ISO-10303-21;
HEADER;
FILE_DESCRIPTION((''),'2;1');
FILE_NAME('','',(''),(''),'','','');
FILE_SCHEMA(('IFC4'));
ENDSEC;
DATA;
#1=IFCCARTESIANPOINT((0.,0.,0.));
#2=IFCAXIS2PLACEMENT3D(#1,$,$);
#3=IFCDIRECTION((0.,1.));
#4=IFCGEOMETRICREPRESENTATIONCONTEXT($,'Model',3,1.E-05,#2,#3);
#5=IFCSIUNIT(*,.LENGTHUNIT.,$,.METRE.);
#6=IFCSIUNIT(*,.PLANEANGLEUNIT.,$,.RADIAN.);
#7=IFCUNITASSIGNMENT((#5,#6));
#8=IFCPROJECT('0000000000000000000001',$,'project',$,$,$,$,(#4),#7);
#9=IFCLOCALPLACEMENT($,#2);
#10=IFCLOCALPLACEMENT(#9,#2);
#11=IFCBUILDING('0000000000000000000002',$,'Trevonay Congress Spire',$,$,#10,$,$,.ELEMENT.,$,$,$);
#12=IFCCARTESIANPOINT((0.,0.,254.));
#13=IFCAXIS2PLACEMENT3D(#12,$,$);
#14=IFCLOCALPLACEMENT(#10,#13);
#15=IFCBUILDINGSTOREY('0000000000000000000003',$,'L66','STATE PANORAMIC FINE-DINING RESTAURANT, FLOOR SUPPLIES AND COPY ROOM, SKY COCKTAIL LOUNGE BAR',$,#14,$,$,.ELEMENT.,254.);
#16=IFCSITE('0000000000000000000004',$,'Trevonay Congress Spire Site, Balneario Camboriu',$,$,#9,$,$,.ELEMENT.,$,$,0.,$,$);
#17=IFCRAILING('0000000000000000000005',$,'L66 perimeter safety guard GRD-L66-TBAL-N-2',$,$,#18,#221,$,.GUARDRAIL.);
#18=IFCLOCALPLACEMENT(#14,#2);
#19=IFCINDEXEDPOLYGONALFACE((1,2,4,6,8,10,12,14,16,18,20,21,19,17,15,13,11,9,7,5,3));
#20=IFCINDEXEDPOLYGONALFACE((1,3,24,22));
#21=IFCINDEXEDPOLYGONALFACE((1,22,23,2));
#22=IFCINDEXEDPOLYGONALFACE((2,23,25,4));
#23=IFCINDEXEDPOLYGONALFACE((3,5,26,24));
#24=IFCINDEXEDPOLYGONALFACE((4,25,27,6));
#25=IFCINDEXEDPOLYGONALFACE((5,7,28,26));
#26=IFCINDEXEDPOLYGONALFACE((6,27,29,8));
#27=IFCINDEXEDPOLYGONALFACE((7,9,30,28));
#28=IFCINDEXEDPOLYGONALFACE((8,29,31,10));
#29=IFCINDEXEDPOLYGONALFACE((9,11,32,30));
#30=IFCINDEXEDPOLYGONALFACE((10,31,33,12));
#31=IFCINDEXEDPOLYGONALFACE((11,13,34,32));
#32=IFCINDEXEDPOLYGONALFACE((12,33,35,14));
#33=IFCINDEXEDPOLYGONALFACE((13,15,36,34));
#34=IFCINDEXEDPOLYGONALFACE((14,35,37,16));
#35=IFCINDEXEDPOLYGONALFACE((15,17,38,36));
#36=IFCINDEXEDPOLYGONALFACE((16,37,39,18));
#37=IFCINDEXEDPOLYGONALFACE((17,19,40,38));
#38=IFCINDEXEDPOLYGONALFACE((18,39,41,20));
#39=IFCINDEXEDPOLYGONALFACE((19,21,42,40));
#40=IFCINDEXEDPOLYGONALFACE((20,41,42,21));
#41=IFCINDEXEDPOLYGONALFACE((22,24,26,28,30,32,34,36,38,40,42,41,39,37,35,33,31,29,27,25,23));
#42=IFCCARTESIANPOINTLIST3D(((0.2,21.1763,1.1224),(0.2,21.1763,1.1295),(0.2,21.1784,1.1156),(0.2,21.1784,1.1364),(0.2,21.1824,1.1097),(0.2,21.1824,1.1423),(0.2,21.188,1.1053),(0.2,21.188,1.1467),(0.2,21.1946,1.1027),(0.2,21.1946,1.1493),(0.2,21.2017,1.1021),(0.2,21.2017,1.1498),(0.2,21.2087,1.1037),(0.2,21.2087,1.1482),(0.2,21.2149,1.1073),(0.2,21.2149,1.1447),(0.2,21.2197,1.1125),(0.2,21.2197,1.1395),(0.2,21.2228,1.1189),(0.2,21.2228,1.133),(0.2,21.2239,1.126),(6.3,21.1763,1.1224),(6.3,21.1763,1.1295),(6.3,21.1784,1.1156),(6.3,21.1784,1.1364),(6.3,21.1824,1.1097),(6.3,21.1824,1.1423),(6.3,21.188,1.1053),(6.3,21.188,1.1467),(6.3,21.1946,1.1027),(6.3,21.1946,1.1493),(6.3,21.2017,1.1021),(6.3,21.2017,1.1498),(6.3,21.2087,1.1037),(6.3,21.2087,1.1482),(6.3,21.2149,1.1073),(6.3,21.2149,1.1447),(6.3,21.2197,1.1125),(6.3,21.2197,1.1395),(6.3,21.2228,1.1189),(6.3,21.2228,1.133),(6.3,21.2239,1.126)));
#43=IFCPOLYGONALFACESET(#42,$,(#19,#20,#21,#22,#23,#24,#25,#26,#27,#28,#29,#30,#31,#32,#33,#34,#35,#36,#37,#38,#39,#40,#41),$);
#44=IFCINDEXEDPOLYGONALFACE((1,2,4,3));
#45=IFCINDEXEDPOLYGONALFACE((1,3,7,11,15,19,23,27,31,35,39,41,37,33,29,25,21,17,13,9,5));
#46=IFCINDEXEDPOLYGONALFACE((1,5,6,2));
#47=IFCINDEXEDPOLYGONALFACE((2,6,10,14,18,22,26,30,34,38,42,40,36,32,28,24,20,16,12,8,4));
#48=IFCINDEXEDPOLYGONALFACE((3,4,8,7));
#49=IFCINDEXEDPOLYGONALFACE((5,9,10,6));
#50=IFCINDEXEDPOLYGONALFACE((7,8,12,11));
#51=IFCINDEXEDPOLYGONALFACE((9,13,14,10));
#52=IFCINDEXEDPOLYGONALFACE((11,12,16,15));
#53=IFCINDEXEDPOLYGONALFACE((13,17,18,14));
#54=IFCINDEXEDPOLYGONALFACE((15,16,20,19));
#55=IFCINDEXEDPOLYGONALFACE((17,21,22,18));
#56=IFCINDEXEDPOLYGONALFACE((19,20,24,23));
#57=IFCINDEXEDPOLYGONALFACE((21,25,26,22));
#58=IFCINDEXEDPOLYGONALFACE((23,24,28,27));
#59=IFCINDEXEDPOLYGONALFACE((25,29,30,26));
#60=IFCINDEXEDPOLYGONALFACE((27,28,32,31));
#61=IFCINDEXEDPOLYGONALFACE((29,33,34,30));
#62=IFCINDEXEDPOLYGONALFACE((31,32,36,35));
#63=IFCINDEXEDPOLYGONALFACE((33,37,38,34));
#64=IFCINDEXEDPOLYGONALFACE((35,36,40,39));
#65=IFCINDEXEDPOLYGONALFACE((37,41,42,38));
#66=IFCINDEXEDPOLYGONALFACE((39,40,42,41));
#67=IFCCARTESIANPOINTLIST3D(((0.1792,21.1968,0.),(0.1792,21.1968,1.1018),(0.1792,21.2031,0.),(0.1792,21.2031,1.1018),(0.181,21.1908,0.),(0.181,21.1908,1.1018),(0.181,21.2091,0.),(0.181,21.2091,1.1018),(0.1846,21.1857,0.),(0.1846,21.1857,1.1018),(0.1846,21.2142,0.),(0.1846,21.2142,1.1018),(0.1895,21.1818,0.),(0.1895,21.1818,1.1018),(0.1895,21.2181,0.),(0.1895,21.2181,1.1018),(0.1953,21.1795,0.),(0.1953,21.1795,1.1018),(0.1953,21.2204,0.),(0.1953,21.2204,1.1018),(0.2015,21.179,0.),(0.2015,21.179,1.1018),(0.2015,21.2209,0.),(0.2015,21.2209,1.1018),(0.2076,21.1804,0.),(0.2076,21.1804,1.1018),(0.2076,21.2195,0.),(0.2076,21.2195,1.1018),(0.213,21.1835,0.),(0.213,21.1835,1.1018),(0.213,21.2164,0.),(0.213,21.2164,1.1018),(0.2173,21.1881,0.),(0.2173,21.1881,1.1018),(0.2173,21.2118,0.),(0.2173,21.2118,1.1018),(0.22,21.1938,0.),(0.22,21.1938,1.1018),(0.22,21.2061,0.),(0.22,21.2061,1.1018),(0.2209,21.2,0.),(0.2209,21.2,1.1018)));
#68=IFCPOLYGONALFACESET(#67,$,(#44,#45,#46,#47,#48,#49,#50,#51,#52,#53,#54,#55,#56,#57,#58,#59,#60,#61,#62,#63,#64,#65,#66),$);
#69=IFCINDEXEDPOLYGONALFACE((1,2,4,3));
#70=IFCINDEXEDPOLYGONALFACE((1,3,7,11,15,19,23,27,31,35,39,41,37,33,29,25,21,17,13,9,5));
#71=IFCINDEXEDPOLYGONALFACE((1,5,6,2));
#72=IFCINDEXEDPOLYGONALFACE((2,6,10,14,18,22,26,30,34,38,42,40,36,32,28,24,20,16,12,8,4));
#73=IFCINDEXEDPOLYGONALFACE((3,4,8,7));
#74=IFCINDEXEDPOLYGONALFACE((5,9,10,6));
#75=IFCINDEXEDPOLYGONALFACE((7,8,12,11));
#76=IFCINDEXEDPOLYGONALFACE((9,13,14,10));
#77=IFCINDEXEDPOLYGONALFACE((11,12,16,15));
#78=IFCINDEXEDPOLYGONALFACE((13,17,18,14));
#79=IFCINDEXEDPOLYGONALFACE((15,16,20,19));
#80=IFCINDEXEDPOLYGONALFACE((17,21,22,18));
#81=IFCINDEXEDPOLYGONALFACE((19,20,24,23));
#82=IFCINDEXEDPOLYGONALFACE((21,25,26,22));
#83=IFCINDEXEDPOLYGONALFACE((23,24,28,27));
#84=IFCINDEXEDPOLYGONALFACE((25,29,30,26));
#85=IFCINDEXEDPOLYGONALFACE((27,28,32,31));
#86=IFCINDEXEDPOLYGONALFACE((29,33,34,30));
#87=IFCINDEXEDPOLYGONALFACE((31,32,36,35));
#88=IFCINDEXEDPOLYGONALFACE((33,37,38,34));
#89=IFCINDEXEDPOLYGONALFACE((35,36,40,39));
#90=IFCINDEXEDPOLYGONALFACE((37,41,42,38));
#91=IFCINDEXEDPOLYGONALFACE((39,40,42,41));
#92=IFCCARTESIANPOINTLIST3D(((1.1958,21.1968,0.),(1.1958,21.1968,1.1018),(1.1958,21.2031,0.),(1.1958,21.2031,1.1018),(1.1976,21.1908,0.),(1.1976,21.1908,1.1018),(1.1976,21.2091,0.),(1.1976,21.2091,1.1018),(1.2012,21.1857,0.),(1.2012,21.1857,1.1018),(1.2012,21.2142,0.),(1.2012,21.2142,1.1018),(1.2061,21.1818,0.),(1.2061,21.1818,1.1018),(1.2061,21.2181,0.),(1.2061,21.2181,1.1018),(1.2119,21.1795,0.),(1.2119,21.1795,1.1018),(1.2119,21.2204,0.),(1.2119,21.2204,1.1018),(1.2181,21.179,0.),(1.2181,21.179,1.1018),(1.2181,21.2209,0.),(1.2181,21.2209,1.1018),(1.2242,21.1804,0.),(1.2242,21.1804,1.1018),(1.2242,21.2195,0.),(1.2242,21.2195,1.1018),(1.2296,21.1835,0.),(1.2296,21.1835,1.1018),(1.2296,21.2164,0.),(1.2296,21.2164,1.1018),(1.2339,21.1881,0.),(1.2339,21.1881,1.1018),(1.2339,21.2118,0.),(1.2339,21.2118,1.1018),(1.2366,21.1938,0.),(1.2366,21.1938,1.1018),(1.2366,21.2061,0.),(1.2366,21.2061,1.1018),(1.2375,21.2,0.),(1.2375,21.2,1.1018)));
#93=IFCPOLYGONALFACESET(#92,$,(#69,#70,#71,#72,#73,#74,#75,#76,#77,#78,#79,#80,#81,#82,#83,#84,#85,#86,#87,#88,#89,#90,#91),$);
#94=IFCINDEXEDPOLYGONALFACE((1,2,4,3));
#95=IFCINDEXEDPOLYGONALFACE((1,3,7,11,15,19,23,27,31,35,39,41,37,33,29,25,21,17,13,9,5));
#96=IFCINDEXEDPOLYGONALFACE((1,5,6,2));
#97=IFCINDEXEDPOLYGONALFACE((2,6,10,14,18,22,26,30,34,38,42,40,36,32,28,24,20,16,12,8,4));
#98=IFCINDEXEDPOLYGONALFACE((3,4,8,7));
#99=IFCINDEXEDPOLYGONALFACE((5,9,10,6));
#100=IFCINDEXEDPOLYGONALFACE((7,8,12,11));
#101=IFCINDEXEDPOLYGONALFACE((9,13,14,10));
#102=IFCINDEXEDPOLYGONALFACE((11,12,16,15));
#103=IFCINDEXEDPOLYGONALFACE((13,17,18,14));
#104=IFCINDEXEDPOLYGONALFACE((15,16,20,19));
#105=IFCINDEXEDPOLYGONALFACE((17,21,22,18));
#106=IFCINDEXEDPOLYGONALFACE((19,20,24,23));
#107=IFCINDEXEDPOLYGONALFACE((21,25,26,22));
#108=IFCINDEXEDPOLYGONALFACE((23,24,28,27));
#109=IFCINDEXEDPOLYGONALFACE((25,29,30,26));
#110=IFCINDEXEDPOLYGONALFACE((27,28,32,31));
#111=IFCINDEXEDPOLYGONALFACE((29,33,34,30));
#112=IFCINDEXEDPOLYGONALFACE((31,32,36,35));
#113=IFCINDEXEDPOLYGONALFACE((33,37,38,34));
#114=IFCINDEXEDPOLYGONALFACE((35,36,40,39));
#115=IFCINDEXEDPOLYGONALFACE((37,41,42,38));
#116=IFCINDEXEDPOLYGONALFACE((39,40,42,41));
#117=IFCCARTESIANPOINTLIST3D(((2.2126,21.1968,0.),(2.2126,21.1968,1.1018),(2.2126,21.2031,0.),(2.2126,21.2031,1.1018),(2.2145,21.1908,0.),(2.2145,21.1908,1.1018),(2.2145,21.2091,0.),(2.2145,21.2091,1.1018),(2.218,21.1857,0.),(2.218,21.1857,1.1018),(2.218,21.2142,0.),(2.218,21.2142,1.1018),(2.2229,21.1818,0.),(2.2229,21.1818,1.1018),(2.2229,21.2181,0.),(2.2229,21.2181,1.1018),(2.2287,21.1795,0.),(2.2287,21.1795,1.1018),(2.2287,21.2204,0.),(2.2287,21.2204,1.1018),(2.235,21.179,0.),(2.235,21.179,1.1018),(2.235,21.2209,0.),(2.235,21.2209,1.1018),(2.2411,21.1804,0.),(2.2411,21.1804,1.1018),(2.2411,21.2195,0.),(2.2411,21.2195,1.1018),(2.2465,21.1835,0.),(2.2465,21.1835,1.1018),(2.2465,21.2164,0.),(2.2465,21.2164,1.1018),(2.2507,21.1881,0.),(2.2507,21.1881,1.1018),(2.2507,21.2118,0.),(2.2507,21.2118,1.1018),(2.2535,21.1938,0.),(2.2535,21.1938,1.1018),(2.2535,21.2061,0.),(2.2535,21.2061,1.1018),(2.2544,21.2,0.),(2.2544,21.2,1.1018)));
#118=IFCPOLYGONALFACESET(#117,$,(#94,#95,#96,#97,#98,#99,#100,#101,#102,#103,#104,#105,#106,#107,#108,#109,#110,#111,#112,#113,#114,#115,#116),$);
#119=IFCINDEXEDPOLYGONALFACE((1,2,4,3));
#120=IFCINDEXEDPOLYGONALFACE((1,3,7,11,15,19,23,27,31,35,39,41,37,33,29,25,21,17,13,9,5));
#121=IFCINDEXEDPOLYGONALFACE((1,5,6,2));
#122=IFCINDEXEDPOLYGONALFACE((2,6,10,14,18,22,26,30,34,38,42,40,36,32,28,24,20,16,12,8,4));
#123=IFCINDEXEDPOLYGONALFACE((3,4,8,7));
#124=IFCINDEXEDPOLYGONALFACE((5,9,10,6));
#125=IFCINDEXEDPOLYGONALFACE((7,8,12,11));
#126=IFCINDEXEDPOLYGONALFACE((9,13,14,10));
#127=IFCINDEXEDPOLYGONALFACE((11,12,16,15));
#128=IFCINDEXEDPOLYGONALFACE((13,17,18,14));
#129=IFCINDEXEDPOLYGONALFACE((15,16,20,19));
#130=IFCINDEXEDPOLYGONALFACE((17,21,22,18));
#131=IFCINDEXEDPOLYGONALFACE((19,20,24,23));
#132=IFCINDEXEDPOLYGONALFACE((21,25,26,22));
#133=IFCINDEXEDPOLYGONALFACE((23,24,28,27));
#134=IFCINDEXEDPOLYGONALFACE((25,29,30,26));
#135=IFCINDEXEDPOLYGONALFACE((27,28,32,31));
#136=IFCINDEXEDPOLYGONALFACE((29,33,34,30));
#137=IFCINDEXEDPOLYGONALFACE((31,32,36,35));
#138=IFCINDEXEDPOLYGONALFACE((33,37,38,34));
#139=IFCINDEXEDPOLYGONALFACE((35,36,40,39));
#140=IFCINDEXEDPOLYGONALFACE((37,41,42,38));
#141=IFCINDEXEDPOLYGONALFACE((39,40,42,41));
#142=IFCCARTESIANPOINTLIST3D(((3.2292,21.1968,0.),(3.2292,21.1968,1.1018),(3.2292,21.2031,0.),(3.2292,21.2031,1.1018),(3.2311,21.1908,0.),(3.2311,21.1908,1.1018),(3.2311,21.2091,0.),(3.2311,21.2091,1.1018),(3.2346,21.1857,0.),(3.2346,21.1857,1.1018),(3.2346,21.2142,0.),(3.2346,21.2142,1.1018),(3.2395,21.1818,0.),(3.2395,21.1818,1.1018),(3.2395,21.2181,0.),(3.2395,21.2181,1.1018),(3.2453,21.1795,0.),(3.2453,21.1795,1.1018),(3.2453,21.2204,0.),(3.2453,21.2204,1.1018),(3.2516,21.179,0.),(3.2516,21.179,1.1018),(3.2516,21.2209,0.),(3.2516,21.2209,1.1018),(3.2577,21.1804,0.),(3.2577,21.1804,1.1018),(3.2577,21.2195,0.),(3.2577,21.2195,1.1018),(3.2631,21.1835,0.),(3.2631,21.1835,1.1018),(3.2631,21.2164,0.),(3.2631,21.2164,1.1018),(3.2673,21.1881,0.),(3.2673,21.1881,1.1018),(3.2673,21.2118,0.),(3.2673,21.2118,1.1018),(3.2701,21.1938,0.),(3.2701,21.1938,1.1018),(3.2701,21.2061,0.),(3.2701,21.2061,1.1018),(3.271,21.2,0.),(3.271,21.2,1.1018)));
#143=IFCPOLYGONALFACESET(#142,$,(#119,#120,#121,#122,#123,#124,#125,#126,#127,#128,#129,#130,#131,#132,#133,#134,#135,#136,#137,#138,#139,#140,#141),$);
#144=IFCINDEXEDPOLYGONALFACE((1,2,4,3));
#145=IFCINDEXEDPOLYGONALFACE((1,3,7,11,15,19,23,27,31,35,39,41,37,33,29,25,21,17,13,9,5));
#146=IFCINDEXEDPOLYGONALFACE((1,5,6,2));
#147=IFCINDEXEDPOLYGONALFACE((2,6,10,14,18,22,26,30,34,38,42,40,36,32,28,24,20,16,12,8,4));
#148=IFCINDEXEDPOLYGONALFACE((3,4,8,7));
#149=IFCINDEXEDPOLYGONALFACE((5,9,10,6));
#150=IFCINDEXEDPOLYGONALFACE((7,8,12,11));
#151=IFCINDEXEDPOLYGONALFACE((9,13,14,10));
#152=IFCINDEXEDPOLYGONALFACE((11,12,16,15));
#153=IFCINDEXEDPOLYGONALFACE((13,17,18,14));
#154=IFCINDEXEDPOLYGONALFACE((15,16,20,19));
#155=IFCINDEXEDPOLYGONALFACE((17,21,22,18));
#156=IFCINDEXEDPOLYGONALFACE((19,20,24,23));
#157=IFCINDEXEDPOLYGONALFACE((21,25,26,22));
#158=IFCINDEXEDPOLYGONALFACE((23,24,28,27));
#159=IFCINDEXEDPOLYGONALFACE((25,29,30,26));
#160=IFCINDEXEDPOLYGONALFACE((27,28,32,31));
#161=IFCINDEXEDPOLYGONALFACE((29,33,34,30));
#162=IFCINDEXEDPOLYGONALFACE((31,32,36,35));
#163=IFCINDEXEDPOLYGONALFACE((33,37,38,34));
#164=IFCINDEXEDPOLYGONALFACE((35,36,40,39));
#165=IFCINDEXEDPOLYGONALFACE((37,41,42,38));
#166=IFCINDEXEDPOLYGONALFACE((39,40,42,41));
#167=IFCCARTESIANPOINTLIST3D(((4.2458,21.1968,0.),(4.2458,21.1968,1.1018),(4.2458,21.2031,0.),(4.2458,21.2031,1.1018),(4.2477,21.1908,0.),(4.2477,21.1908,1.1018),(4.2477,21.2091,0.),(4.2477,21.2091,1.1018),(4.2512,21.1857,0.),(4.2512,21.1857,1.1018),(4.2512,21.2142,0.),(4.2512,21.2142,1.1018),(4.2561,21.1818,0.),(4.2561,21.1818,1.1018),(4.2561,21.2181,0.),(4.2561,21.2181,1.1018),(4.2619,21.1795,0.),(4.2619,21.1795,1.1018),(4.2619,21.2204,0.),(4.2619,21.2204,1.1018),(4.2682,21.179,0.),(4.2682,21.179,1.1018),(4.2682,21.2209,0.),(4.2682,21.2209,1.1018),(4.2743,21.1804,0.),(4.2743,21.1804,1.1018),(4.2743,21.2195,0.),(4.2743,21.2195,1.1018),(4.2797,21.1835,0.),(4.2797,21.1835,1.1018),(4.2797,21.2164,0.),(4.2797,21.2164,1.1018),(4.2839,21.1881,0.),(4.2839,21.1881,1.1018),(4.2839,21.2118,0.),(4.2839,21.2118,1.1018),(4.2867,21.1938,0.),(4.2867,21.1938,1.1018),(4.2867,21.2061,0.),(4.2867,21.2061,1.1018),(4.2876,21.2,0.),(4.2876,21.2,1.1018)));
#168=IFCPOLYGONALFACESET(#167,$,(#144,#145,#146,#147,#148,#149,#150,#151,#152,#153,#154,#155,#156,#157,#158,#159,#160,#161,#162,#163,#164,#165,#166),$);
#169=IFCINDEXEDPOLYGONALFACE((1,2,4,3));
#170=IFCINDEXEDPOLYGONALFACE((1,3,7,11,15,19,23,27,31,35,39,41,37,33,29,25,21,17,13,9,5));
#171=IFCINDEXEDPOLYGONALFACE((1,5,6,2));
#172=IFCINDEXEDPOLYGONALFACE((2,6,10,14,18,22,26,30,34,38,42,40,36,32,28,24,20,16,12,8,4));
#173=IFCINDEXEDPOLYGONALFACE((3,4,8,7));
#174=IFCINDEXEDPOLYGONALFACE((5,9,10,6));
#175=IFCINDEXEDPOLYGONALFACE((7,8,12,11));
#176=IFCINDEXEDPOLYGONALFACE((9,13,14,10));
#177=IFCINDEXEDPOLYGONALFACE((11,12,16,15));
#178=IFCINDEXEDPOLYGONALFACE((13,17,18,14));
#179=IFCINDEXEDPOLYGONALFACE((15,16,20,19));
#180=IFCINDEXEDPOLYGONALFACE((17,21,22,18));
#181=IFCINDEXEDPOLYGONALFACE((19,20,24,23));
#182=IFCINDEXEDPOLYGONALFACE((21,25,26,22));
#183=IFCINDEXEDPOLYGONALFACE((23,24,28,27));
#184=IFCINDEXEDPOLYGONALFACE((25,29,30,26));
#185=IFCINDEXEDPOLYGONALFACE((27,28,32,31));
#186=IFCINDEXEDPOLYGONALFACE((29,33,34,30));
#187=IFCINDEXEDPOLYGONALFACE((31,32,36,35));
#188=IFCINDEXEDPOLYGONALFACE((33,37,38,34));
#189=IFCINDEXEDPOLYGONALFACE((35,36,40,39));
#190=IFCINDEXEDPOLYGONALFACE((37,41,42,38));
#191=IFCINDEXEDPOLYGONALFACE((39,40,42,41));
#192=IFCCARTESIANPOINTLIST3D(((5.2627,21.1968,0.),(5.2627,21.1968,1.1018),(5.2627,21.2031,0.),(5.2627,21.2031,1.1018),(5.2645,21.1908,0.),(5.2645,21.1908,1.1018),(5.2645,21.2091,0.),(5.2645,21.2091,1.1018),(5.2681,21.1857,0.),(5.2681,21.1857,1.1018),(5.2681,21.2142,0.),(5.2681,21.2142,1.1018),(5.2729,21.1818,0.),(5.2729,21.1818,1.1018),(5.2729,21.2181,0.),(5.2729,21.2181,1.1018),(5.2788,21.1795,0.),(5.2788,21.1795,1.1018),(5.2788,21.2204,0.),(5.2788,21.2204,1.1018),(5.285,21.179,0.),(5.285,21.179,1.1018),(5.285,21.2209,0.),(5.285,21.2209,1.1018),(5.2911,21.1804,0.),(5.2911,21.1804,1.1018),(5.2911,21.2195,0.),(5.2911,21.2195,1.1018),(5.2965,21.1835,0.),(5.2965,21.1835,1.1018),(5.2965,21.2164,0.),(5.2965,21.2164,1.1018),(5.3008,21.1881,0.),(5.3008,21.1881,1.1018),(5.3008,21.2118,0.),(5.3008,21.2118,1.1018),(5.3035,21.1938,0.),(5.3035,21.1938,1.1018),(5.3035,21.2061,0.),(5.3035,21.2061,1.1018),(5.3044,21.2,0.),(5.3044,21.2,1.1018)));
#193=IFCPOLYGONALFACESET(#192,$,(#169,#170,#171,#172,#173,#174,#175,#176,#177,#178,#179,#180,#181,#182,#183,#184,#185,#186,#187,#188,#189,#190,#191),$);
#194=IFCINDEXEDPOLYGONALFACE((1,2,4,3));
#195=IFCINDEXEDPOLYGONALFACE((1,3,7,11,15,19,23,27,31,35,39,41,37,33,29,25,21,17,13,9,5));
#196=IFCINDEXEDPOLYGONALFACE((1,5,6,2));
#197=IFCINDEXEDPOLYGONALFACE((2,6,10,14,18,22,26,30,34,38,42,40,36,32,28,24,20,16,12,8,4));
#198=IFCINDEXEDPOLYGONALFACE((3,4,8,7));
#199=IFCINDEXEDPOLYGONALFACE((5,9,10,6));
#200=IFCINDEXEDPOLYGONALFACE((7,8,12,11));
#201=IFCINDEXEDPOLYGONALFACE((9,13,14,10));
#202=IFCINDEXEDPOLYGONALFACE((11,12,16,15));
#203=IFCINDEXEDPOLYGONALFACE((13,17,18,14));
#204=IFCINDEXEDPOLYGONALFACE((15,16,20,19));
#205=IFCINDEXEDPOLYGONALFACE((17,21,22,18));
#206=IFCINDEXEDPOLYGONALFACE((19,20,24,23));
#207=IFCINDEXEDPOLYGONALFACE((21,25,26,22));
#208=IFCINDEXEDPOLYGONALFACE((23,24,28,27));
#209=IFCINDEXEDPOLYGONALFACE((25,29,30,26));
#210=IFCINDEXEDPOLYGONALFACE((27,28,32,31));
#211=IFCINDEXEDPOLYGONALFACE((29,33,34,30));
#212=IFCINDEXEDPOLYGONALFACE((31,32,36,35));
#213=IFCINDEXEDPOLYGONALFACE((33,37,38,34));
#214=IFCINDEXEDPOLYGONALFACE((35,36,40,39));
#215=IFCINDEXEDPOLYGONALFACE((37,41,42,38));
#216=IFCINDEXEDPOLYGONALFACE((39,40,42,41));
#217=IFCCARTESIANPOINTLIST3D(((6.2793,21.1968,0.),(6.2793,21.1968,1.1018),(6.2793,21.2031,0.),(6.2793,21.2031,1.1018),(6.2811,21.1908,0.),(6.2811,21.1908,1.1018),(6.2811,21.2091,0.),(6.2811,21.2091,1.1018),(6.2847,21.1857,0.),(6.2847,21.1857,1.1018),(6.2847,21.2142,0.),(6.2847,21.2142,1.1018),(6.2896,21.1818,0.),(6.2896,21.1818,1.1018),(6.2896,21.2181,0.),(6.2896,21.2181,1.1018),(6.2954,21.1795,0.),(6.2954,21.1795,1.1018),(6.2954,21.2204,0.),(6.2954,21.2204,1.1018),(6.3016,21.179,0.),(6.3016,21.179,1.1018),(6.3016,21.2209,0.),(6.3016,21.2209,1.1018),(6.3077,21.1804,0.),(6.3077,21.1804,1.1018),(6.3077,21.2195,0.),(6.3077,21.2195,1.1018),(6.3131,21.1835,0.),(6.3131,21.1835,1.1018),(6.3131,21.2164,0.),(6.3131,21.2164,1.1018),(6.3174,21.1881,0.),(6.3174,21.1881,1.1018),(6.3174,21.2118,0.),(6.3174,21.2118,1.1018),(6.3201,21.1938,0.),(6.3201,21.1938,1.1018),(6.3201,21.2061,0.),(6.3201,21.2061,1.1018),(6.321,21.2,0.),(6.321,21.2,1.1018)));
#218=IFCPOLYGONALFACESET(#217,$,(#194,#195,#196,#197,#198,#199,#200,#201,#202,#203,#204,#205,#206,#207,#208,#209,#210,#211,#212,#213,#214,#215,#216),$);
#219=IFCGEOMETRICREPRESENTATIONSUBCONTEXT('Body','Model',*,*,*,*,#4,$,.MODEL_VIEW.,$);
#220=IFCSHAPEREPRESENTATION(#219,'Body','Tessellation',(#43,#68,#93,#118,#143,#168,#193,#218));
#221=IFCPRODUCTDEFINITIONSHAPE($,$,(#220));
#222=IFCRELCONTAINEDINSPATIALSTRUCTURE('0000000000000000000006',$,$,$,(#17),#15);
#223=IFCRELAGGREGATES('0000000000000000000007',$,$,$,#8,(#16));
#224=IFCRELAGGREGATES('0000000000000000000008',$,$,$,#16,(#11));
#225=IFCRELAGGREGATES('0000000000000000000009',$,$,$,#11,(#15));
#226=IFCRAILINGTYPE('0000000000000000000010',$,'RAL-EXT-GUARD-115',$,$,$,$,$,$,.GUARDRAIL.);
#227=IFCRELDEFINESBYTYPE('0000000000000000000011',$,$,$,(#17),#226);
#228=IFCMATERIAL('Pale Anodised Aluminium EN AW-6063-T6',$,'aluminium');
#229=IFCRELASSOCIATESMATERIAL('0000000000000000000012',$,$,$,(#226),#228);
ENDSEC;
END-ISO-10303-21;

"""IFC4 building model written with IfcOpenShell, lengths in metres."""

from ifc_helpers import new_model, si_unit, direction, frame, origin, origin_2d, place, context, subcontext, project, spatial, circle, extrude, material, type_object, element, save


model = new_model("IFC4")

# Units and contexts
model_context = context("Model", 3, precision=1e-05, world=origin(), true_north=direction((0.0, 1.0)))
body_context = subcontext(model_context, "Body", "Model", "MODEL_VIEW")
ifc_project = project(units=[si_unit("LENGTHUNIT", "METRE"), si_unit("PLANEANGLEUNIT", "RADIAN")], contexts=[model_context])

# Site, building, storey
site_placement = place(None, origin())
site = spatial("IfcSite", under=ifc_project, at=site_placement, Name="Trevonay Congress Spire Site, Balneario Camboriu", CompositionType="ELEMENT", RefElevation=0.0)
building_placement = place(site_placement, origin())
building = spatial("IfcBuilding", under=site, at=building_placement, Name="Trevonay Congress Spire", CompositionType="ELEMENT")
storey_placement = place(building_placement, frame((0.0, 0.0, 254.0)))
storey = spatial("IfcBuildingStorey", under=building, at=storey_placement, Name="L66", Description="STATE PANORAMIC FINE-DINING RESTAURANT, FLOOR SUPPLIES AND COPY ROOM, SKY COCKTAIL LOUNGE BAR", CompositionType="ELEMENT", Elevation=254.0)

# Shared definitions
ifc_material_1 = material(Name="Pale Anodised Aluminium EN AW-6063-T6", Category="aluminium")

# Railing
railing_type = type_object("IfcRailingType", Name="RAL-EXT-GUARD-115", PredefinedType="GUARDRAIL", material=ifc_material_1)
railing_1_placement = place(storey_placement, frame((0.2, 21.2, 0.0)))
element("IfcRailing", 1, at=railing_1_placement, inside=storey, type_object=railing_type, Name="L66 perimeter safety guard GRD-L66-TBAL-N-2", PredefinedType="GUARDRAIL", context=body_context, shape_type="SweptSolid", body=[
    extrude(circle(Radius=0.0239, at=origin_2d()), frame((0.0, 0.0, 1.126), z_axis=(1.0, 0.0, 0.0), x_axis=(0.0, 1.0, 0.0)), (0.0, 0.0, 1.0), 6.1001),
    extrude(circle(Radius=0.021, at=origin_2d()), origin(), (0.0, 0.0, 1.0), 1.1018),
    extrude(circle(Radius=0.021, at=origin_2d()), frame((1.0166, 0.0, 0.0)), (0.0, 0.0, 1.0), 1.1018),
    extrude(circle(Radius=0.021, at=origin_2d()), frame((2.0334, 0.0, 0.0)), (0.0, 0.0, 1.0), 1.1018),
    extrude(circle(Radius=0.021, at=origin_2d()), frame((3.05, 0.0, 0.0)), (0.0, 0.0, 1.0), 1.1018),
    extrude(circle(Radius=0.021, at=origin_2d()), frame((4.0667, 0.0, 0.0)), (0.0, 0.0, 1.0), 1.1018),
    extrude(circle(Radius=0.021, at=origin_2d()), frame((5.0835, 0.0, 0.0)), (0.0, 0.0, 1.0), 1.1018),
    extrude(circle(Radius=0.021, at=origin_2d()), frame((6.1001, 0.0, 0.0)), (0.0, 0.0, 1.0), 1.1018),
])

save(model, "model.ifc")
